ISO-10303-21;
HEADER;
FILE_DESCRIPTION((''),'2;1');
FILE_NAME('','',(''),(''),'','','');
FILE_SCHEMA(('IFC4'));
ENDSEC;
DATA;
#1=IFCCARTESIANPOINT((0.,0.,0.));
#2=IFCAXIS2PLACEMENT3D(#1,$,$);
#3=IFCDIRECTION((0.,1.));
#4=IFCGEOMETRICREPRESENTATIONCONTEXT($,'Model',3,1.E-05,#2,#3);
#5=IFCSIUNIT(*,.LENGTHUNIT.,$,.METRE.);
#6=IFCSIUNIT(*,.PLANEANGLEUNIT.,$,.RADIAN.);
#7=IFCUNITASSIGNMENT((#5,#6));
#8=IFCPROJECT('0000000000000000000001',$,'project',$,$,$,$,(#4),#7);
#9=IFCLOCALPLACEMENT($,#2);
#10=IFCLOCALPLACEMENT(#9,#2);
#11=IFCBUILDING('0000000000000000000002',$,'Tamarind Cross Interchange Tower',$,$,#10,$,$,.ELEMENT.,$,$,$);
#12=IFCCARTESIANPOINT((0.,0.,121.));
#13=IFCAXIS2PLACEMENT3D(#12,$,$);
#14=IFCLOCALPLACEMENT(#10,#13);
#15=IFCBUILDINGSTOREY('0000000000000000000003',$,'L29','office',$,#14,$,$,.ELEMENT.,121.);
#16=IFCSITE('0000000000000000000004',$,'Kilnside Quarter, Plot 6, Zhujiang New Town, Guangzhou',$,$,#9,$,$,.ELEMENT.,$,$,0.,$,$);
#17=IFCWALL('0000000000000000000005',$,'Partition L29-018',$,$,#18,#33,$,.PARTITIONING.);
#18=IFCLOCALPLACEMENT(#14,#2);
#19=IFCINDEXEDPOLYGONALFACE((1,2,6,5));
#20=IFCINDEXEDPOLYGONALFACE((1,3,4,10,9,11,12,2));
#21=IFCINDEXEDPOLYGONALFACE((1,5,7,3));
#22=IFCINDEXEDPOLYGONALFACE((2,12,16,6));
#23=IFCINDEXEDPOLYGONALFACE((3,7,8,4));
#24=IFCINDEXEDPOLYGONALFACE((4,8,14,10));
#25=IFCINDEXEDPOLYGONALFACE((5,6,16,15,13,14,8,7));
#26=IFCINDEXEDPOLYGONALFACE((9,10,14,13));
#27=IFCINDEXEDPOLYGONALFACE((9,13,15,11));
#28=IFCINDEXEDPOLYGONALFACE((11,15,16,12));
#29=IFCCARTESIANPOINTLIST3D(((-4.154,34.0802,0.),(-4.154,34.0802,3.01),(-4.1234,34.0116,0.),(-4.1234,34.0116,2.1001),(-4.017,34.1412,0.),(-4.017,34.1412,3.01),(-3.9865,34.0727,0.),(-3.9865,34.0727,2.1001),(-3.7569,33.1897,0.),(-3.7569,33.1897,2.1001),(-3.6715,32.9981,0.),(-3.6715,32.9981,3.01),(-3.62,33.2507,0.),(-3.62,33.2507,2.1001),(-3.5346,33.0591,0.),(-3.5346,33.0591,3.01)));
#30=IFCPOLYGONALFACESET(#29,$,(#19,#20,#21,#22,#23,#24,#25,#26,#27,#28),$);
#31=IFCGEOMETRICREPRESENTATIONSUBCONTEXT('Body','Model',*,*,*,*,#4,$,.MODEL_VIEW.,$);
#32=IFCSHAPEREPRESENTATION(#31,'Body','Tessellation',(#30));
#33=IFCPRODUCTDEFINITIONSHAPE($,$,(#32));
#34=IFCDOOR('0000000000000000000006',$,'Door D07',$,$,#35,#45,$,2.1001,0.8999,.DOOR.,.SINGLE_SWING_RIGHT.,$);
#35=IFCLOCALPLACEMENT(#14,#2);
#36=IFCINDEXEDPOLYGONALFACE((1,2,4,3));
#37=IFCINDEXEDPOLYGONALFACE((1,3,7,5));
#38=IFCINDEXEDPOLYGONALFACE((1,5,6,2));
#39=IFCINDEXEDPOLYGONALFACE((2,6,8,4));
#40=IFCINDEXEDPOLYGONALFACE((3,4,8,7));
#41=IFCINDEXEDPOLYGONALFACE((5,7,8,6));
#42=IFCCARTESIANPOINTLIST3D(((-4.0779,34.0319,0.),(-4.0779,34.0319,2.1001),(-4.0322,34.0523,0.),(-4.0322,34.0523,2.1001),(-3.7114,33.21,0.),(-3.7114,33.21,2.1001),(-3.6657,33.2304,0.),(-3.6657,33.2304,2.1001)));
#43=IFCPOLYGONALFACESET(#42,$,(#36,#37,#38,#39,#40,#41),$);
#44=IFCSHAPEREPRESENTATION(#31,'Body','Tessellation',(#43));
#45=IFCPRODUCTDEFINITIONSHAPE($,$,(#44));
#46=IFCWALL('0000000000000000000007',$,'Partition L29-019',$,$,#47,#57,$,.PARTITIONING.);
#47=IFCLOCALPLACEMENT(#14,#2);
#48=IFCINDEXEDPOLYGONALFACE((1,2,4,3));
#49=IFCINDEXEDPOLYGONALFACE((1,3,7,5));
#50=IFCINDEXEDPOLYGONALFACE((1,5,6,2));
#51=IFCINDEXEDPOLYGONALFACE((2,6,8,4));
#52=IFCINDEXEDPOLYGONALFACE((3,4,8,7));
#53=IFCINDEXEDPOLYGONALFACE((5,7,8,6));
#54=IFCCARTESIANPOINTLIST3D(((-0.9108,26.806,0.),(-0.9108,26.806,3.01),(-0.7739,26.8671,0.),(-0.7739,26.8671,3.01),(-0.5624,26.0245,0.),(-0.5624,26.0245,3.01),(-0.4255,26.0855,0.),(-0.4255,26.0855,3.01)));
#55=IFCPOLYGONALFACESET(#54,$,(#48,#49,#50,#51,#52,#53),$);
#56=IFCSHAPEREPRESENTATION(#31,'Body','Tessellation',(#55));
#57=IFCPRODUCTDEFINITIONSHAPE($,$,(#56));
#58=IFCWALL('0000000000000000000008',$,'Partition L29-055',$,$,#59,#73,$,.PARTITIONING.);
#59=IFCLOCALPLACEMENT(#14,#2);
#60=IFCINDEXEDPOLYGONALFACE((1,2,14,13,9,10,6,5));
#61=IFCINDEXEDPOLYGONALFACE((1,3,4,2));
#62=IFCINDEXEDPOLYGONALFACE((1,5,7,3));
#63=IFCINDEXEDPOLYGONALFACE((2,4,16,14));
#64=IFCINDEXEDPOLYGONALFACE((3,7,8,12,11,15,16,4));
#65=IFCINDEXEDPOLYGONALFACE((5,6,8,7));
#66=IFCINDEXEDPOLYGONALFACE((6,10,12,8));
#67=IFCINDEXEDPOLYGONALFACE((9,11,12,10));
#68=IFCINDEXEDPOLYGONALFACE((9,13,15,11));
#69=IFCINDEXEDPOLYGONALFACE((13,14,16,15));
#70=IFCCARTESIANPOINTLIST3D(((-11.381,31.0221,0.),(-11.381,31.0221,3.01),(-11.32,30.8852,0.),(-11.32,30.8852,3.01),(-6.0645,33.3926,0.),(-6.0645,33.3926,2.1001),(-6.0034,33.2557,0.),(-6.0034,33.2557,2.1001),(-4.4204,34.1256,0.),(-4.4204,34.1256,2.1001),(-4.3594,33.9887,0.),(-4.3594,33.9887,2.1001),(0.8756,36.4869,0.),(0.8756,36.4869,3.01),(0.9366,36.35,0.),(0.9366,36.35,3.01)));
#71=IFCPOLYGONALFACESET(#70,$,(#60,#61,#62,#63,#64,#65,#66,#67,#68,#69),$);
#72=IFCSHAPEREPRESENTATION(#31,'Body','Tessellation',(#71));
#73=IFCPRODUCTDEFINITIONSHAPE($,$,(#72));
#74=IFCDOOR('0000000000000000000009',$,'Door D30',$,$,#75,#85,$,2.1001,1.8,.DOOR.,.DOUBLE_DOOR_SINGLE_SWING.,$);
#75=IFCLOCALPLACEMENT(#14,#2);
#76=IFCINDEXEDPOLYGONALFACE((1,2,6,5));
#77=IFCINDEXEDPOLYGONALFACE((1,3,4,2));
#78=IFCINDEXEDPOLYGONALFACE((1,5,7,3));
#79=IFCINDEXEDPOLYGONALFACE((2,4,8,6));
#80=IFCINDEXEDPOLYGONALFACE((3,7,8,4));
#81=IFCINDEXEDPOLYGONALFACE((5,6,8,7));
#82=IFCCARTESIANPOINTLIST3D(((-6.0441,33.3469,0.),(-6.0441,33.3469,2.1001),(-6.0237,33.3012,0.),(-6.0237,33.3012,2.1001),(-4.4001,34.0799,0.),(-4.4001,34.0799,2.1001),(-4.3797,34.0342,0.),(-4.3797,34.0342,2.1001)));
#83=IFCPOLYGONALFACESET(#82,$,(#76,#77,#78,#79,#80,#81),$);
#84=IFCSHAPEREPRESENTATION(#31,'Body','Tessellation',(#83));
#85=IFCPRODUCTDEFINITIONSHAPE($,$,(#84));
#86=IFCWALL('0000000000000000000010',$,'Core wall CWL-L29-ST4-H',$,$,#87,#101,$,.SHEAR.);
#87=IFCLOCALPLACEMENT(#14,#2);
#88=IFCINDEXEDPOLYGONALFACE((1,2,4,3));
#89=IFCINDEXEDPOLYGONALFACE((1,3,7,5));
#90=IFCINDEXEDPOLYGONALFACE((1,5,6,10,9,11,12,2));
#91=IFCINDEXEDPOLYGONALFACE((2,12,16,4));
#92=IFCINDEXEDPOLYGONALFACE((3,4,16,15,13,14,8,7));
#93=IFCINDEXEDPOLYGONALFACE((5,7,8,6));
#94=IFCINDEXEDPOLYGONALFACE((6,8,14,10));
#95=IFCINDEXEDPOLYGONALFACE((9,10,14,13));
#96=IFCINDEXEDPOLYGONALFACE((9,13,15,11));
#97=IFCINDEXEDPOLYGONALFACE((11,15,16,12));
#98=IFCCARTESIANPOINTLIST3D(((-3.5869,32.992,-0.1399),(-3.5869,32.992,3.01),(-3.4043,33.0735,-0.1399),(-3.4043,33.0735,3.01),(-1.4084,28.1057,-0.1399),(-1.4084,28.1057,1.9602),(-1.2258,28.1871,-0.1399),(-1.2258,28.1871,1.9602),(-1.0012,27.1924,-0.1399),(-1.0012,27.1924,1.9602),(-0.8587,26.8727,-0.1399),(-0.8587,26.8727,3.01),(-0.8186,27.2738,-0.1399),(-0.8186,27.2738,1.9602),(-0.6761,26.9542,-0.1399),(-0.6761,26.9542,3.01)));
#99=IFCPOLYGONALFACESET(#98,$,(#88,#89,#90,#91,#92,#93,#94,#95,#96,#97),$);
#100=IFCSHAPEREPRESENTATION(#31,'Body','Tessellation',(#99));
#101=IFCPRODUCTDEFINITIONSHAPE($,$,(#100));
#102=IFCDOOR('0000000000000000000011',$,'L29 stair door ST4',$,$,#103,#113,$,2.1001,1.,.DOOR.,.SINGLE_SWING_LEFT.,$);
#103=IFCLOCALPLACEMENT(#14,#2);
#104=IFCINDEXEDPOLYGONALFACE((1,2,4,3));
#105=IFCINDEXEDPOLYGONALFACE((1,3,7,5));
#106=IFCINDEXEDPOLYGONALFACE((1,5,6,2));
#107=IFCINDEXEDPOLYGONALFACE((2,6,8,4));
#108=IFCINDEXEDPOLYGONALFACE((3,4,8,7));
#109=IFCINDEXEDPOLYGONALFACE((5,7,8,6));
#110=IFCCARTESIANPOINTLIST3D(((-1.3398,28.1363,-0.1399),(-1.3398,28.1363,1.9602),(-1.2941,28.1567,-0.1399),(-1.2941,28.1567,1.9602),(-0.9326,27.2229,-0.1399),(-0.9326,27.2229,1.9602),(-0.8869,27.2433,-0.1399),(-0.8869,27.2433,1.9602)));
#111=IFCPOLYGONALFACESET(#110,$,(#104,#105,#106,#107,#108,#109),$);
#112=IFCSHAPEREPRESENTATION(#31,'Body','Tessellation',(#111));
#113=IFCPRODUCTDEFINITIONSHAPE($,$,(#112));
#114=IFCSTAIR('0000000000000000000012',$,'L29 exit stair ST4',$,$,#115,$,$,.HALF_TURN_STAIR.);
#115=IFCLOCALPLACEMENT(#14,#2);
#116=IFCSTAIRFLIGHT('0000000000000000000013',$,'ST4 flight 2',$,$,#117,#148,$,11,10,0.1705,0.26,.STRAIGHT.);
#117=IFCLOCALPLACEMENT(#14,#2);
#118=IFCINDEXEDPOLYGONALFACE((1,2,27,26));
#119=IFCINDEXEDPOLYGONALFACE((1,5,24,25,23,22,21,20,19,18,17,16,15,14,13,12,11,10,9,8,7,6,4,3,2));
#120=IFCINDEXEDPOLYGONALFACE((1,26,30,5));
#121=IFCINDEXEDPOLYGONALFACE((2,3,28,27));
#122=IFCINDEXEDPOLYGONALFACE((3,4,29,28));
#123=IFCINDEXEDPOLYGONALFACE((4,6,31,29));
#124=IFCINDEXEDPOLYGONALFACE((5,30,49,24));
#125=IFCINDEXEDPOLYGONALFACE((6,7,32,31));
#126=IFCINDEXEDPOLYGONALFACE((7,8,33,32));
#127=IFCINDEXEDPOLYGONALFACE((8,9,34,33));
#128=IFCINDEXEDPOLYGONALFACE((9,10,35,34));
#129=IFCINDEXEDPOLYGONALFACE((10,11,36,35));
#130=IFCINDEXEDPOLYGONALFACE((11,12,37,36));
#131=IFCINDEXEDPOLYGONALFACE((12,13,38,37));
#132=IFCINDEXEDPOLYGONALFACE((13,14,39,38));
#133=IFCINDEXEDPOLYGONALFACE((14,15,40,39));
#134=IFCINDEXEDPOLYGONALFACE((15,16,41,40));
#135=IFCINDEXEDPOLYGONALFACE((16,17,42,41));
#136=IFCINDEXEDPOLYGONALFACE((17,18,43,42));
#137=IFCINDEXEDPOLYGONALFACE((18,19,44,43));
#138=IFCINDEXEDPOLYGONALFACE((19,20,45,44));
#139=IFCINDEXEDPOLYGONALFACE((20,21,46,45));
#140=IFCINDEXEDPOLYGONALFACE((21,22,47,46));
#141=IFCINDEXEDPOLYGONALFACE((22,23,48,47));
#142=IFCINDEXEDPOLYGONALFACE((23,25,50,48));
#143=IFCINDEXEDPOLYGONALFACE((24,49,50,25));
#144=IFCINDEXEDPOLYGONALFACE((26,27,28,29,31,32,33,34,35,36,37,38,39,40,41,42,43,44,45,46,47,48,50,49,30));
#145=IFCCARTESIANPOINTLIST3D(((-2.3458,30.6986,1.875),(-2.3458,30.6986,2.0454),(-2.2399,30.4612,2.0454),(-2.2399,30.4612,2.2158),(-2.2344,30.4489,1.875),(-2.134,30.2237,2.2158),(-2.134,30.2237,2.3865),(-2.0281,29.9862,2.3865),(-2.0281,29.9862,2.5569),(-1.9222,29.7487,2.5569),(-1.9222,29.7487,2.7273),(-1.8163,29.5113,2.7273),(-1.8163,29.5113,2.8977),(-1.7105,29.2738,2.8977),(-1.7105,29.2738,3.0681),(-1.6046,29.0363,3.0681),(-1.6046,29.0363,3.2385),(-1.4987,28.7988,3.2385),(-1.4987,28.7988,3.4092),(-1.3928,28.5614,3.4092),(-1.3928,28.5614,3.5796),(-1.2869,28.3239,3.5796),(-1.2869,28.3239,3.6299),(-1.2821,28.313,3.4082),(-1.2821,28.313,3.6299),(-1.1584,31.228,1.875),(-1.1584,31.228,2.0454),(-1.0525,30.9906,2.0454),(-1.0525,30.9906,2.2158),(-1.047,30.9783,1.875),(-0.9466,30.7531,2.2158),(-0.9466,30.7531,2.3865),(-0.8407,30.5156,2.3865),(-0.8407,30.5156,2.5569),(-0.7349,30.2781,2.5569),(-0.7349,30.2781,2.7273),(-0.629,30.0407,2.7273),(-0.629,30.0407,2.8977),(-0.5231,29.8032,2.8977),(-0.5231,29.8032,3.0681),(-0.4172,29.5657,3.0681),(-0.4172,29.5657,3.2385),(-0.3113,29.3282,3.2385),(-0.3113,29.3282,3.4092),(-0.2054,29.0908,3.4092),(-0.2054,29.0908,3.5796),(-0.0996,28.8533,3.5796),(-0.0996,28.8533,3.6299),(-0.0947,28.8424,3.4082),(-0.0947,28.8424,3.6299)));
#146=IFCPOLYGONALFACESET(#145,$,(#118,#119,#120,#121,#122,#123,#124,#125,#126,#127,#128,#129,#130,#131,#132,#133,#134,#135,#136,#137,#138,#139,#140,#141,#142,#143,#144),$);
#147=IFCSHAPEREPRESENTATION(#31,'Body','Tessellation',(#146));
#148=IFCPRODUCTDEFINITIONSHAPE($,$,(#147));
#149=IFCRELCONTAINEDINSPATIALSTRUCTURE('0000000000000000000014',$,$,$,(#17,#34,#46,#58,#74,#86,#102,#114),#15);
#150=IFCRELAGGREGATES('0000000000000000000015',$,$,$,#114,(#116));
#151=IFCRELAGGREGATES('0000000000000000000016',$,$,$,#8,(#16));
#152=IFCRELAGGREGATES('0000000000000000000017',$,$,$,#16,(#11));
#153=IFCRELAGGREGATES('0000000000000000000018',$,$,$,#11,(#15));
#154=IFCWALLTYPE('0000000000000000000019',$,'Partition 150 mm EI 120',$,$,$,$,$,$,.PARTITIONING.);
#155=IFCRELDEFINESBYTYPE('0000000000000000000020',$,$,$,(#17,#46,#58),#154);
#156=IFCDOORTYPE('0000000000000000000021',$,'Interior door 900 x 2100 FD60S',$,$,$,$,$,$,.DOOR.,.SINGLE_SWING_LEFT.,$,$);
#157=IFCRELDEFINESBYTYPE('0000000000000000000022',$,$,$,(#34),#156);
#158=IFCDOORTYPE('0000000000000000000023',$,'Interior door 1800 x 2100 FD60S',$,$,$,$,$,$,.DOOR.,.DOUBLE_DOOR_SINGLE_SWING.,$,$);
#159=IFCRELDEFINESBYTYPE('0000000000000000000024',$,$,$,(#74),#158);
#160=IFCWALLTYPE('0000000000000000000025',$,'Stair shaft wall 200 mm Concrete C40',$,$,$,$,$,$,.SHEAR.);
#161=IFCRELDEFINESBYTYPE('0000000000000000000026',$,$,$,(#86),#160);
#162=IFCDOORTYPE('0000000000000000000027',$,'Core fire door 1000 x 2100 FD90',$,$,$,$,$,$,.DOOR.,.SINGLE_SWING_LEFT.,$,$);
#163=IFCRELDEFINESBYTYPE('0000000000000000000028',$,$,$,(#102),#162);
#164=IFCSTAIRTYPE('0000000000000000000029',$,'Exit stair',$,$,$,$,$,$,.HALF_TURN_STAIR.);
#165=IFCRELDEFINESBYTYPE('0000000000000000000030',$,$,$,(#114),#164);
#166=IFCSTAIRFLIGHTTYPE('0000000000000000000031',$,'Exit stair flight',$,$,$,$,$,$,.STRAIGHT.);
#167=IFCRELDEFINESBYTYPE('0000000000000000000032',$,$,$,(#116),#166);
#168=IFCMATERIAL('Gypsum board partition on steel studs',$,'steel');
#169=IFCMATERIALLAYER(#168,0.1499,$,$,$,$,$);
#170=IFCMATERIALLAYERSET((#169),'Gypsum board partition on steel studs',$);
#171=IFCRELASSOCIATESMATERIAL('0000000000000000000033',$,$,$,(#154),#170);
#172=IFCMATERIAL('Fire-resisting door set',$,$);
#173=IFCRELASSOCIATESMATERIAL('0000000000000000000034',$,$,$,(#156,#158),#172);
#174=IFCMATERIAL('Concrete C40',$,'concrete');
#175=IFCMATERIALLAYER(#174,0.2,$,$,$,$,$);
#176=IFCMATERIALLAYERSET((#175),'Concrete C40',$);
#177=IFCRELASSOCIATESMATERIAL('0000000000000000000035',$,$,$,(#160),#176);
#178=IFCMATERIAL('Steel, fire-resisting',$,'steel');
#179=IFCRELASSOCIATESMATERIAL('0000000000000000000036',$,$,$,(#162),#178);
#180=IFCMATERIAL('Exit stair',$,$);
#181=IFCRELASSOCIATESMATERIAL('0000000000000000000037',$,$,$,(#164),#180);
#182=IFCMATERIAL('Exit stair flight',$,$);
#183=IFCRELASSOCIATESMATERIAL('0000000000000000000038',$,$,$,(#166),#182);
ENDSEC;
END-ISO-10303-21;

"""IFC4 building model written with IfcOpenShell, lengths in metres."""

from ifc_helpers import new_model, si_unit, direction, frame, frame_2d, origin, place, context, subcontext, project, spatial, polyline, rectangle, outline, extrude, material, layer, layer_set, type_object, element, fill, aggregate, save


model = new_model("IFC4")

# Units and contexts
model_context = context("Model", 3, precision=1e-05, world=origin(), true_north=direction((0.0, 1.0)))
body_context = subcontext(model_context, "Body", "Model", "MODEL_VIEW")
ifc_project = project(units=[si_unit("LENGTHUNIT", "METRE"), si_unit("PLANEANGLEUNIT", "RADIAN")], contexts=[model_context])

# Site, building, storey
site_placement = place(None, origin())
site = spatial("IfcSite", under=ifc_project, at=site_placement, Name="Kilnside Quarter, Plot 6, Zhujiang New Town, Guangzhou", CompositionType="ELEMENT", RefElevation=0.0)
building_placement = place(site_placement, origin())
building = spatial("IfcBuilding", under=site, at=building_placement, Name="Tamarind Cross Interchange Tower", CompositionType="ELEMENT")
storey_placement = place(building_placement, frame((0.0, 0.0, 121.0)))
storey = spatial("IfcBuildingStorey", under=building, at=storey_placement, Name="L29", Description="office", CompositionType="ELEMENT", Elevation=121.0)

# Shared definitions
ifc_material_1 = material(Name="Gypsum board partition on steel studs", Category="steel")
ifc_layer_1 = layer(ifc_material_1, 0.1499)
ifc_layer_set_1 = layer_set([ifc_layer_1], Name="Gypsum board partition on steel studs")
wall_type_1 = type_object("IfcWallType", Name="Partition 150 mm EI 120", PredefinedType="PARTITIONING", material=ifc_layer_set_1)
ifc_material_2 = material(Name="Fire-resisting door set")
door_type_1 = type_object("IfcDoorType", Name="Interior door 900 x 2100 FD60S", OperationType="SINGLE_SWING_LEFT", PredefinedType="DOOR", material=ifc_material_2)

# Wall, opening, door
wall_1_placement = place(storey_placement, frame((-4.0854, 34.1106, 0.0), z_axis=(0.0, 0.0, 1.0), x_axis=(0.407209, -0.913335, 0.0)))
wall_1 = element("IfcWall", 1, at=wall_1_placement, inside=storey, type_object=wall_type_1, Name="Partition L29-018", PredefinedType="PARTITIONING", context=body_context, shape_type="SweptSolid", body=[
    extrude(rectangle(XDim=1.1848, YDim=0.1499, at=frame_2d((0.5923, 0.0))), origin(), (0.0, 0.0, 1.0), 3.01),
])
opening_1_placement = place(wall_1_placement, frame((0.075, 0.0, 0.0)))
opening_1 = element("IfcOpeningElement", 2, at=opening_1_placement, cuts=wall_1, PredefinedType="OPENING", context=body_context, shape_type="SweptSolid", body=[
    extrude(rectangle(XDim=0.8999, YDim=2.1001, at=frame_2d((0.45, 1.05))), frame((0.0, 0.085, 0.0), z_axis=(0.0, -1.0, 0.0), x_axis=(1.0, 0.0, 0.0)), (0.0, 0.0, 1.0), 0.1699),
])
door_1_placement = place(opening_1_placement, origin())
door_1 = element("IfcDoor", 3, at=door_1_placement, inside=storey, type_object=door_type_1, Name="Door D07", OperationType="SINGLE_SWING_RIGHT", OverallHeight=2.1001, OverallWidth=0.8999, PredefinedType="DOOR", context=body_context, shape_type="SweptSolid", body=[
    extrude(rectangle(XDim=0.8999, YDim=2.1001, at=frame_2d((0.45, 1.05))), frame((0.0, 0.0249, 0.0), z_axis=(0.0, -1.0, 0.0), x_axis=(1.0, 0.0, 0.0)), (0.0, 0.0, 1.0), 0.05),
])
fill(opening_1, door_1)

# Wall
wall_2_placement = place(storey_placement, frame((-0.8423, 26.8364, 0.0), z_axis=(0.0, 0.0, 1.0), x_axis=(0.407171, -0.913352, 0.0)))
element("IfcWall", 4, at=wall_2_placement, inside=storey, type_object=wall_type_1, Name="Partition L29-019", PredefinedType="PARTITIONING", context=body_context, shape_type="SweptSolid", body=[
    extrude(rectangle(XDim=0.8557, YDim=0.1499, at=frame_2d((0.4277, 0.0))), origin(), (0.0, 0.0, 1.0), 3.01),
])

# Walls, openings, doors
wall_3_placement = place(storey_placement, frame((-11.3506, 30.9536, 0.0), z_axis=(0.0, 0.0, 1.0), x_axis=(0.913328, 0.407225, 0.0)))
wall_3 = element("IfcWall", 5, at=wall_3_placement, inside=storey, type_object=wall_type_1, Name="Partition L29-055", PredefinedType="PARTITIONING", context=body_context, shape_type="SweptSolid", body=[
    extrude(rectangle(XDim=13.4197, YDim=0.1499, at=frame_2d((6.71, 0.0))), origin(), (0.0, 0.0, 1.0), 3.01),
])
opening_2_placement = place(wall_3_placement, frame((5.8213, 0.0, 0.0)))
opening_2 = element("IfcOpeningElement", 6, at=opening_2_placement, cuts=wall_3, PredefinedType="OPENING", context=body_context, shape_type="SweptSolid", body=[
    extrude(rectangle(XDim=1.8, YDim=2.1001, at=frame_2d((0.8999, 1.05))), frame((0.0, 0.085, 0.0), z_axis=(0.0, -1.0, 0.0), x_axis=(1.0, 0.0, 0.0)), (0.0, 0.0, 1.0), 0.1699),
])
door_type_2 = type_object("IfcDoorType", Name="Interior door 1800 x 2100 FD60S", OperationType="DOUBLE_DOOR_SINGLE_SWING", PredefinedType="DOOR", material=ifc_material_2)
door_2_placement = place(opening_2_placement, origin())
door_2 = element("IfcDoor", 7, at=door_2_placement, inside=storey, type_object=door_type_2, Name="Door D30", OperationType="DOUBLE_DOOR_SINGLE_SWING", OverallHeight=2.1001, OverallWidth=1.8, PredefinedType="DOOR", context=body_context, shape_type="SweptSolid", body=[
    extrude(rectangle(XDim=1.8, YDim=2.1001, at=frame_2d((0.8999, 1.05))), frame((0.0, 0.0249, 0.0), z_axis=(0.0, -1.0, 0.0), x_axis=(1.0, 0.0, 0.0)), (0.0, 0.0, 1.0), 0.05),
])
fill(opening_2, door_2)
ifc_material_3 = material(Name="Concrete C40", Category="concrete")
ifc_layer_2 = layer(ifc_material_3, 0.2)
ifc_layer_set_2 = layer_set([ifc_layer_2], Name="Concrete C40")
wall_type_2 = type_object("IfcWallType", Name="Stair shaft wall 200 mm Concrete C40", PredefinedType="SHEAR", material=ifc_layer_set_2)
wall_4_placement = place(storey_placement, frame((-0.7673, 26.9133, -0.1399), z_axis=(0.0, 0.0, 1.0), x_axis=(-0.407203, 0.913338, 0.0)))
wall_4 = element("IfcWall", 8, at=wall_4_placement, inside=storey, type_object=wall_type_2, Name="Core wall CWL-L29-ST4-H", PredefinedType="SHEAR", context=body_context, shape_type="SweptSolid", body=[
    extrude(rectangle(XDim=6.7, YDim=0.2, at=frame_2d((3.3501, 0.0))), origin(), (0.0, 0.0, 1.0), 3.1499),
])
opening_3_placement = place(wall_4_placement, frame((0.3501, 0.0, 0.0)))
opening_3 = element("IfcOpeningElement", 9, at=opening_3_placement, cuts=wall_4, PredefinedType="OPENING", context=body_context, shape_type="SweptSolid", body=[
    extrude(rectangle(XDim=1.0, YDim=2.1001, at=frame_2d((0.5, 1.05))), frame((0.0, 0.1099, 0.0), z_axis=(0.0, -1.0, 0.0), x_axis=(1.0, 0.0, 0.0)), (0.0, 0.0, 1.0), 0.22),
])
ifc_material_4 = material(Name="Steel, fire-resisting", Category="steel")
door_type_3 = type_object("IfcDoorType", Name="Core fire door 1000 x 2100 FD90", OperationType="SINGLE_SWING_LEFT", PredefinedType="DOOR", material=ifc_material_4)
door_3_placement = place(opening_3_placement, origin())
door_3 = element("IfcDoor", 10, at=door_3_placement, inside=storey, type_object=door_type_3, Name="L29 stair door ST4", OperationType="SINGLE_SWING_LEFT", OverallHeight=2.1001, OverallWidth=1.0, PredefinedType="DOOR", context=body_context, shape_type="SweptSolid", body=[
    extrude(rectangle(XDim=1.0, YDim=2.1001, at=frame_2d((0.5, 1.05))), frame((0.0, 0.0249, 0.0), z_axis=(0.0, -1.0, 0.0), x_axis=(1.0, 0.0, 0.0)), (0.0, 0.0, 1.0), 0.05),
])
fill(opening_3, door_3)

# Stair, stair flight
ifc_material_5 = material(Name="Exit stair")
stair_type = type_object("IfcStairType", Name="Exit stair", PredefinedType="HALF_TURN_STAIR", material=ifc_material_5)
stair_placement = place(storey_placement, origin())
stair = element("IfcStair", 11, at=stair_placement, inside=storey, type_object=stair_type, Name="L29 exit stair ST4", PredefinedType="HALF_TURN_STAIR")
ifc_material_6 = material(Name="Exit stair flight")
stair_flight_type = type_object("IfcStairFlightType", Name="Exit stair flight", PredefinedType="STRAIGHT", material=ifc_material_6)
stair_flight_placement = place(storey_placement, frame((-1.752, 30.9634, 1.875), z_axis=(0.0, 0.0, 1.0), x_axis=(0.407221, -0.91333, 0.0)))
stair_flight = element("IfcStairFlight", 12, at=stair_flight_placement, type_object=stair_flight_type, Name="ST4 flight 2", NumberOfRisers=11, NumberOfTreads=10, PredefinedType="STRAIGHT", RiserHeight=0.1705, TreadLength=0.26, context=body_context, shape_type="SweptSolid", body=[
    extrude(outline(polyline([(0.0, 0.0), (0.0, 0.1704), (0.26, 0.1704), (0.26, 0.3408), (0.52, 0.3408), (0.52, 0.5115), (0.78, 0.5115), (0.78, 0.6819), (1.04, 0.6819), (1.04, 0.8523), (1.3, 0.8523), (1.3, 1.0227), (1.5601, 1.0227), (1.5601, 1.1931), (1.8201, 1.1931), (1.8201, 1.3635), (2.0801, 1.3635), (2.0801, 1.5342), (2.3401, 1.5342), (2.3401, 1.7046), (2.6001, 1.7046), (2.6001, 1.7549), (2.6121, 1.7549), (2.6121, 1.5332), (0.2734, 0.0), (0.0, 0.0)])), frame((0.0, 0.6499, 0.0), z_axis=(0.0, -1.0, 0.0), x_axis=(1.0, 0.0, 0.0)), (0.0, 0.0, 1.0), 1.3),
])
aggregate(stair, [stair_flight])

save(model, "model.ifc")
